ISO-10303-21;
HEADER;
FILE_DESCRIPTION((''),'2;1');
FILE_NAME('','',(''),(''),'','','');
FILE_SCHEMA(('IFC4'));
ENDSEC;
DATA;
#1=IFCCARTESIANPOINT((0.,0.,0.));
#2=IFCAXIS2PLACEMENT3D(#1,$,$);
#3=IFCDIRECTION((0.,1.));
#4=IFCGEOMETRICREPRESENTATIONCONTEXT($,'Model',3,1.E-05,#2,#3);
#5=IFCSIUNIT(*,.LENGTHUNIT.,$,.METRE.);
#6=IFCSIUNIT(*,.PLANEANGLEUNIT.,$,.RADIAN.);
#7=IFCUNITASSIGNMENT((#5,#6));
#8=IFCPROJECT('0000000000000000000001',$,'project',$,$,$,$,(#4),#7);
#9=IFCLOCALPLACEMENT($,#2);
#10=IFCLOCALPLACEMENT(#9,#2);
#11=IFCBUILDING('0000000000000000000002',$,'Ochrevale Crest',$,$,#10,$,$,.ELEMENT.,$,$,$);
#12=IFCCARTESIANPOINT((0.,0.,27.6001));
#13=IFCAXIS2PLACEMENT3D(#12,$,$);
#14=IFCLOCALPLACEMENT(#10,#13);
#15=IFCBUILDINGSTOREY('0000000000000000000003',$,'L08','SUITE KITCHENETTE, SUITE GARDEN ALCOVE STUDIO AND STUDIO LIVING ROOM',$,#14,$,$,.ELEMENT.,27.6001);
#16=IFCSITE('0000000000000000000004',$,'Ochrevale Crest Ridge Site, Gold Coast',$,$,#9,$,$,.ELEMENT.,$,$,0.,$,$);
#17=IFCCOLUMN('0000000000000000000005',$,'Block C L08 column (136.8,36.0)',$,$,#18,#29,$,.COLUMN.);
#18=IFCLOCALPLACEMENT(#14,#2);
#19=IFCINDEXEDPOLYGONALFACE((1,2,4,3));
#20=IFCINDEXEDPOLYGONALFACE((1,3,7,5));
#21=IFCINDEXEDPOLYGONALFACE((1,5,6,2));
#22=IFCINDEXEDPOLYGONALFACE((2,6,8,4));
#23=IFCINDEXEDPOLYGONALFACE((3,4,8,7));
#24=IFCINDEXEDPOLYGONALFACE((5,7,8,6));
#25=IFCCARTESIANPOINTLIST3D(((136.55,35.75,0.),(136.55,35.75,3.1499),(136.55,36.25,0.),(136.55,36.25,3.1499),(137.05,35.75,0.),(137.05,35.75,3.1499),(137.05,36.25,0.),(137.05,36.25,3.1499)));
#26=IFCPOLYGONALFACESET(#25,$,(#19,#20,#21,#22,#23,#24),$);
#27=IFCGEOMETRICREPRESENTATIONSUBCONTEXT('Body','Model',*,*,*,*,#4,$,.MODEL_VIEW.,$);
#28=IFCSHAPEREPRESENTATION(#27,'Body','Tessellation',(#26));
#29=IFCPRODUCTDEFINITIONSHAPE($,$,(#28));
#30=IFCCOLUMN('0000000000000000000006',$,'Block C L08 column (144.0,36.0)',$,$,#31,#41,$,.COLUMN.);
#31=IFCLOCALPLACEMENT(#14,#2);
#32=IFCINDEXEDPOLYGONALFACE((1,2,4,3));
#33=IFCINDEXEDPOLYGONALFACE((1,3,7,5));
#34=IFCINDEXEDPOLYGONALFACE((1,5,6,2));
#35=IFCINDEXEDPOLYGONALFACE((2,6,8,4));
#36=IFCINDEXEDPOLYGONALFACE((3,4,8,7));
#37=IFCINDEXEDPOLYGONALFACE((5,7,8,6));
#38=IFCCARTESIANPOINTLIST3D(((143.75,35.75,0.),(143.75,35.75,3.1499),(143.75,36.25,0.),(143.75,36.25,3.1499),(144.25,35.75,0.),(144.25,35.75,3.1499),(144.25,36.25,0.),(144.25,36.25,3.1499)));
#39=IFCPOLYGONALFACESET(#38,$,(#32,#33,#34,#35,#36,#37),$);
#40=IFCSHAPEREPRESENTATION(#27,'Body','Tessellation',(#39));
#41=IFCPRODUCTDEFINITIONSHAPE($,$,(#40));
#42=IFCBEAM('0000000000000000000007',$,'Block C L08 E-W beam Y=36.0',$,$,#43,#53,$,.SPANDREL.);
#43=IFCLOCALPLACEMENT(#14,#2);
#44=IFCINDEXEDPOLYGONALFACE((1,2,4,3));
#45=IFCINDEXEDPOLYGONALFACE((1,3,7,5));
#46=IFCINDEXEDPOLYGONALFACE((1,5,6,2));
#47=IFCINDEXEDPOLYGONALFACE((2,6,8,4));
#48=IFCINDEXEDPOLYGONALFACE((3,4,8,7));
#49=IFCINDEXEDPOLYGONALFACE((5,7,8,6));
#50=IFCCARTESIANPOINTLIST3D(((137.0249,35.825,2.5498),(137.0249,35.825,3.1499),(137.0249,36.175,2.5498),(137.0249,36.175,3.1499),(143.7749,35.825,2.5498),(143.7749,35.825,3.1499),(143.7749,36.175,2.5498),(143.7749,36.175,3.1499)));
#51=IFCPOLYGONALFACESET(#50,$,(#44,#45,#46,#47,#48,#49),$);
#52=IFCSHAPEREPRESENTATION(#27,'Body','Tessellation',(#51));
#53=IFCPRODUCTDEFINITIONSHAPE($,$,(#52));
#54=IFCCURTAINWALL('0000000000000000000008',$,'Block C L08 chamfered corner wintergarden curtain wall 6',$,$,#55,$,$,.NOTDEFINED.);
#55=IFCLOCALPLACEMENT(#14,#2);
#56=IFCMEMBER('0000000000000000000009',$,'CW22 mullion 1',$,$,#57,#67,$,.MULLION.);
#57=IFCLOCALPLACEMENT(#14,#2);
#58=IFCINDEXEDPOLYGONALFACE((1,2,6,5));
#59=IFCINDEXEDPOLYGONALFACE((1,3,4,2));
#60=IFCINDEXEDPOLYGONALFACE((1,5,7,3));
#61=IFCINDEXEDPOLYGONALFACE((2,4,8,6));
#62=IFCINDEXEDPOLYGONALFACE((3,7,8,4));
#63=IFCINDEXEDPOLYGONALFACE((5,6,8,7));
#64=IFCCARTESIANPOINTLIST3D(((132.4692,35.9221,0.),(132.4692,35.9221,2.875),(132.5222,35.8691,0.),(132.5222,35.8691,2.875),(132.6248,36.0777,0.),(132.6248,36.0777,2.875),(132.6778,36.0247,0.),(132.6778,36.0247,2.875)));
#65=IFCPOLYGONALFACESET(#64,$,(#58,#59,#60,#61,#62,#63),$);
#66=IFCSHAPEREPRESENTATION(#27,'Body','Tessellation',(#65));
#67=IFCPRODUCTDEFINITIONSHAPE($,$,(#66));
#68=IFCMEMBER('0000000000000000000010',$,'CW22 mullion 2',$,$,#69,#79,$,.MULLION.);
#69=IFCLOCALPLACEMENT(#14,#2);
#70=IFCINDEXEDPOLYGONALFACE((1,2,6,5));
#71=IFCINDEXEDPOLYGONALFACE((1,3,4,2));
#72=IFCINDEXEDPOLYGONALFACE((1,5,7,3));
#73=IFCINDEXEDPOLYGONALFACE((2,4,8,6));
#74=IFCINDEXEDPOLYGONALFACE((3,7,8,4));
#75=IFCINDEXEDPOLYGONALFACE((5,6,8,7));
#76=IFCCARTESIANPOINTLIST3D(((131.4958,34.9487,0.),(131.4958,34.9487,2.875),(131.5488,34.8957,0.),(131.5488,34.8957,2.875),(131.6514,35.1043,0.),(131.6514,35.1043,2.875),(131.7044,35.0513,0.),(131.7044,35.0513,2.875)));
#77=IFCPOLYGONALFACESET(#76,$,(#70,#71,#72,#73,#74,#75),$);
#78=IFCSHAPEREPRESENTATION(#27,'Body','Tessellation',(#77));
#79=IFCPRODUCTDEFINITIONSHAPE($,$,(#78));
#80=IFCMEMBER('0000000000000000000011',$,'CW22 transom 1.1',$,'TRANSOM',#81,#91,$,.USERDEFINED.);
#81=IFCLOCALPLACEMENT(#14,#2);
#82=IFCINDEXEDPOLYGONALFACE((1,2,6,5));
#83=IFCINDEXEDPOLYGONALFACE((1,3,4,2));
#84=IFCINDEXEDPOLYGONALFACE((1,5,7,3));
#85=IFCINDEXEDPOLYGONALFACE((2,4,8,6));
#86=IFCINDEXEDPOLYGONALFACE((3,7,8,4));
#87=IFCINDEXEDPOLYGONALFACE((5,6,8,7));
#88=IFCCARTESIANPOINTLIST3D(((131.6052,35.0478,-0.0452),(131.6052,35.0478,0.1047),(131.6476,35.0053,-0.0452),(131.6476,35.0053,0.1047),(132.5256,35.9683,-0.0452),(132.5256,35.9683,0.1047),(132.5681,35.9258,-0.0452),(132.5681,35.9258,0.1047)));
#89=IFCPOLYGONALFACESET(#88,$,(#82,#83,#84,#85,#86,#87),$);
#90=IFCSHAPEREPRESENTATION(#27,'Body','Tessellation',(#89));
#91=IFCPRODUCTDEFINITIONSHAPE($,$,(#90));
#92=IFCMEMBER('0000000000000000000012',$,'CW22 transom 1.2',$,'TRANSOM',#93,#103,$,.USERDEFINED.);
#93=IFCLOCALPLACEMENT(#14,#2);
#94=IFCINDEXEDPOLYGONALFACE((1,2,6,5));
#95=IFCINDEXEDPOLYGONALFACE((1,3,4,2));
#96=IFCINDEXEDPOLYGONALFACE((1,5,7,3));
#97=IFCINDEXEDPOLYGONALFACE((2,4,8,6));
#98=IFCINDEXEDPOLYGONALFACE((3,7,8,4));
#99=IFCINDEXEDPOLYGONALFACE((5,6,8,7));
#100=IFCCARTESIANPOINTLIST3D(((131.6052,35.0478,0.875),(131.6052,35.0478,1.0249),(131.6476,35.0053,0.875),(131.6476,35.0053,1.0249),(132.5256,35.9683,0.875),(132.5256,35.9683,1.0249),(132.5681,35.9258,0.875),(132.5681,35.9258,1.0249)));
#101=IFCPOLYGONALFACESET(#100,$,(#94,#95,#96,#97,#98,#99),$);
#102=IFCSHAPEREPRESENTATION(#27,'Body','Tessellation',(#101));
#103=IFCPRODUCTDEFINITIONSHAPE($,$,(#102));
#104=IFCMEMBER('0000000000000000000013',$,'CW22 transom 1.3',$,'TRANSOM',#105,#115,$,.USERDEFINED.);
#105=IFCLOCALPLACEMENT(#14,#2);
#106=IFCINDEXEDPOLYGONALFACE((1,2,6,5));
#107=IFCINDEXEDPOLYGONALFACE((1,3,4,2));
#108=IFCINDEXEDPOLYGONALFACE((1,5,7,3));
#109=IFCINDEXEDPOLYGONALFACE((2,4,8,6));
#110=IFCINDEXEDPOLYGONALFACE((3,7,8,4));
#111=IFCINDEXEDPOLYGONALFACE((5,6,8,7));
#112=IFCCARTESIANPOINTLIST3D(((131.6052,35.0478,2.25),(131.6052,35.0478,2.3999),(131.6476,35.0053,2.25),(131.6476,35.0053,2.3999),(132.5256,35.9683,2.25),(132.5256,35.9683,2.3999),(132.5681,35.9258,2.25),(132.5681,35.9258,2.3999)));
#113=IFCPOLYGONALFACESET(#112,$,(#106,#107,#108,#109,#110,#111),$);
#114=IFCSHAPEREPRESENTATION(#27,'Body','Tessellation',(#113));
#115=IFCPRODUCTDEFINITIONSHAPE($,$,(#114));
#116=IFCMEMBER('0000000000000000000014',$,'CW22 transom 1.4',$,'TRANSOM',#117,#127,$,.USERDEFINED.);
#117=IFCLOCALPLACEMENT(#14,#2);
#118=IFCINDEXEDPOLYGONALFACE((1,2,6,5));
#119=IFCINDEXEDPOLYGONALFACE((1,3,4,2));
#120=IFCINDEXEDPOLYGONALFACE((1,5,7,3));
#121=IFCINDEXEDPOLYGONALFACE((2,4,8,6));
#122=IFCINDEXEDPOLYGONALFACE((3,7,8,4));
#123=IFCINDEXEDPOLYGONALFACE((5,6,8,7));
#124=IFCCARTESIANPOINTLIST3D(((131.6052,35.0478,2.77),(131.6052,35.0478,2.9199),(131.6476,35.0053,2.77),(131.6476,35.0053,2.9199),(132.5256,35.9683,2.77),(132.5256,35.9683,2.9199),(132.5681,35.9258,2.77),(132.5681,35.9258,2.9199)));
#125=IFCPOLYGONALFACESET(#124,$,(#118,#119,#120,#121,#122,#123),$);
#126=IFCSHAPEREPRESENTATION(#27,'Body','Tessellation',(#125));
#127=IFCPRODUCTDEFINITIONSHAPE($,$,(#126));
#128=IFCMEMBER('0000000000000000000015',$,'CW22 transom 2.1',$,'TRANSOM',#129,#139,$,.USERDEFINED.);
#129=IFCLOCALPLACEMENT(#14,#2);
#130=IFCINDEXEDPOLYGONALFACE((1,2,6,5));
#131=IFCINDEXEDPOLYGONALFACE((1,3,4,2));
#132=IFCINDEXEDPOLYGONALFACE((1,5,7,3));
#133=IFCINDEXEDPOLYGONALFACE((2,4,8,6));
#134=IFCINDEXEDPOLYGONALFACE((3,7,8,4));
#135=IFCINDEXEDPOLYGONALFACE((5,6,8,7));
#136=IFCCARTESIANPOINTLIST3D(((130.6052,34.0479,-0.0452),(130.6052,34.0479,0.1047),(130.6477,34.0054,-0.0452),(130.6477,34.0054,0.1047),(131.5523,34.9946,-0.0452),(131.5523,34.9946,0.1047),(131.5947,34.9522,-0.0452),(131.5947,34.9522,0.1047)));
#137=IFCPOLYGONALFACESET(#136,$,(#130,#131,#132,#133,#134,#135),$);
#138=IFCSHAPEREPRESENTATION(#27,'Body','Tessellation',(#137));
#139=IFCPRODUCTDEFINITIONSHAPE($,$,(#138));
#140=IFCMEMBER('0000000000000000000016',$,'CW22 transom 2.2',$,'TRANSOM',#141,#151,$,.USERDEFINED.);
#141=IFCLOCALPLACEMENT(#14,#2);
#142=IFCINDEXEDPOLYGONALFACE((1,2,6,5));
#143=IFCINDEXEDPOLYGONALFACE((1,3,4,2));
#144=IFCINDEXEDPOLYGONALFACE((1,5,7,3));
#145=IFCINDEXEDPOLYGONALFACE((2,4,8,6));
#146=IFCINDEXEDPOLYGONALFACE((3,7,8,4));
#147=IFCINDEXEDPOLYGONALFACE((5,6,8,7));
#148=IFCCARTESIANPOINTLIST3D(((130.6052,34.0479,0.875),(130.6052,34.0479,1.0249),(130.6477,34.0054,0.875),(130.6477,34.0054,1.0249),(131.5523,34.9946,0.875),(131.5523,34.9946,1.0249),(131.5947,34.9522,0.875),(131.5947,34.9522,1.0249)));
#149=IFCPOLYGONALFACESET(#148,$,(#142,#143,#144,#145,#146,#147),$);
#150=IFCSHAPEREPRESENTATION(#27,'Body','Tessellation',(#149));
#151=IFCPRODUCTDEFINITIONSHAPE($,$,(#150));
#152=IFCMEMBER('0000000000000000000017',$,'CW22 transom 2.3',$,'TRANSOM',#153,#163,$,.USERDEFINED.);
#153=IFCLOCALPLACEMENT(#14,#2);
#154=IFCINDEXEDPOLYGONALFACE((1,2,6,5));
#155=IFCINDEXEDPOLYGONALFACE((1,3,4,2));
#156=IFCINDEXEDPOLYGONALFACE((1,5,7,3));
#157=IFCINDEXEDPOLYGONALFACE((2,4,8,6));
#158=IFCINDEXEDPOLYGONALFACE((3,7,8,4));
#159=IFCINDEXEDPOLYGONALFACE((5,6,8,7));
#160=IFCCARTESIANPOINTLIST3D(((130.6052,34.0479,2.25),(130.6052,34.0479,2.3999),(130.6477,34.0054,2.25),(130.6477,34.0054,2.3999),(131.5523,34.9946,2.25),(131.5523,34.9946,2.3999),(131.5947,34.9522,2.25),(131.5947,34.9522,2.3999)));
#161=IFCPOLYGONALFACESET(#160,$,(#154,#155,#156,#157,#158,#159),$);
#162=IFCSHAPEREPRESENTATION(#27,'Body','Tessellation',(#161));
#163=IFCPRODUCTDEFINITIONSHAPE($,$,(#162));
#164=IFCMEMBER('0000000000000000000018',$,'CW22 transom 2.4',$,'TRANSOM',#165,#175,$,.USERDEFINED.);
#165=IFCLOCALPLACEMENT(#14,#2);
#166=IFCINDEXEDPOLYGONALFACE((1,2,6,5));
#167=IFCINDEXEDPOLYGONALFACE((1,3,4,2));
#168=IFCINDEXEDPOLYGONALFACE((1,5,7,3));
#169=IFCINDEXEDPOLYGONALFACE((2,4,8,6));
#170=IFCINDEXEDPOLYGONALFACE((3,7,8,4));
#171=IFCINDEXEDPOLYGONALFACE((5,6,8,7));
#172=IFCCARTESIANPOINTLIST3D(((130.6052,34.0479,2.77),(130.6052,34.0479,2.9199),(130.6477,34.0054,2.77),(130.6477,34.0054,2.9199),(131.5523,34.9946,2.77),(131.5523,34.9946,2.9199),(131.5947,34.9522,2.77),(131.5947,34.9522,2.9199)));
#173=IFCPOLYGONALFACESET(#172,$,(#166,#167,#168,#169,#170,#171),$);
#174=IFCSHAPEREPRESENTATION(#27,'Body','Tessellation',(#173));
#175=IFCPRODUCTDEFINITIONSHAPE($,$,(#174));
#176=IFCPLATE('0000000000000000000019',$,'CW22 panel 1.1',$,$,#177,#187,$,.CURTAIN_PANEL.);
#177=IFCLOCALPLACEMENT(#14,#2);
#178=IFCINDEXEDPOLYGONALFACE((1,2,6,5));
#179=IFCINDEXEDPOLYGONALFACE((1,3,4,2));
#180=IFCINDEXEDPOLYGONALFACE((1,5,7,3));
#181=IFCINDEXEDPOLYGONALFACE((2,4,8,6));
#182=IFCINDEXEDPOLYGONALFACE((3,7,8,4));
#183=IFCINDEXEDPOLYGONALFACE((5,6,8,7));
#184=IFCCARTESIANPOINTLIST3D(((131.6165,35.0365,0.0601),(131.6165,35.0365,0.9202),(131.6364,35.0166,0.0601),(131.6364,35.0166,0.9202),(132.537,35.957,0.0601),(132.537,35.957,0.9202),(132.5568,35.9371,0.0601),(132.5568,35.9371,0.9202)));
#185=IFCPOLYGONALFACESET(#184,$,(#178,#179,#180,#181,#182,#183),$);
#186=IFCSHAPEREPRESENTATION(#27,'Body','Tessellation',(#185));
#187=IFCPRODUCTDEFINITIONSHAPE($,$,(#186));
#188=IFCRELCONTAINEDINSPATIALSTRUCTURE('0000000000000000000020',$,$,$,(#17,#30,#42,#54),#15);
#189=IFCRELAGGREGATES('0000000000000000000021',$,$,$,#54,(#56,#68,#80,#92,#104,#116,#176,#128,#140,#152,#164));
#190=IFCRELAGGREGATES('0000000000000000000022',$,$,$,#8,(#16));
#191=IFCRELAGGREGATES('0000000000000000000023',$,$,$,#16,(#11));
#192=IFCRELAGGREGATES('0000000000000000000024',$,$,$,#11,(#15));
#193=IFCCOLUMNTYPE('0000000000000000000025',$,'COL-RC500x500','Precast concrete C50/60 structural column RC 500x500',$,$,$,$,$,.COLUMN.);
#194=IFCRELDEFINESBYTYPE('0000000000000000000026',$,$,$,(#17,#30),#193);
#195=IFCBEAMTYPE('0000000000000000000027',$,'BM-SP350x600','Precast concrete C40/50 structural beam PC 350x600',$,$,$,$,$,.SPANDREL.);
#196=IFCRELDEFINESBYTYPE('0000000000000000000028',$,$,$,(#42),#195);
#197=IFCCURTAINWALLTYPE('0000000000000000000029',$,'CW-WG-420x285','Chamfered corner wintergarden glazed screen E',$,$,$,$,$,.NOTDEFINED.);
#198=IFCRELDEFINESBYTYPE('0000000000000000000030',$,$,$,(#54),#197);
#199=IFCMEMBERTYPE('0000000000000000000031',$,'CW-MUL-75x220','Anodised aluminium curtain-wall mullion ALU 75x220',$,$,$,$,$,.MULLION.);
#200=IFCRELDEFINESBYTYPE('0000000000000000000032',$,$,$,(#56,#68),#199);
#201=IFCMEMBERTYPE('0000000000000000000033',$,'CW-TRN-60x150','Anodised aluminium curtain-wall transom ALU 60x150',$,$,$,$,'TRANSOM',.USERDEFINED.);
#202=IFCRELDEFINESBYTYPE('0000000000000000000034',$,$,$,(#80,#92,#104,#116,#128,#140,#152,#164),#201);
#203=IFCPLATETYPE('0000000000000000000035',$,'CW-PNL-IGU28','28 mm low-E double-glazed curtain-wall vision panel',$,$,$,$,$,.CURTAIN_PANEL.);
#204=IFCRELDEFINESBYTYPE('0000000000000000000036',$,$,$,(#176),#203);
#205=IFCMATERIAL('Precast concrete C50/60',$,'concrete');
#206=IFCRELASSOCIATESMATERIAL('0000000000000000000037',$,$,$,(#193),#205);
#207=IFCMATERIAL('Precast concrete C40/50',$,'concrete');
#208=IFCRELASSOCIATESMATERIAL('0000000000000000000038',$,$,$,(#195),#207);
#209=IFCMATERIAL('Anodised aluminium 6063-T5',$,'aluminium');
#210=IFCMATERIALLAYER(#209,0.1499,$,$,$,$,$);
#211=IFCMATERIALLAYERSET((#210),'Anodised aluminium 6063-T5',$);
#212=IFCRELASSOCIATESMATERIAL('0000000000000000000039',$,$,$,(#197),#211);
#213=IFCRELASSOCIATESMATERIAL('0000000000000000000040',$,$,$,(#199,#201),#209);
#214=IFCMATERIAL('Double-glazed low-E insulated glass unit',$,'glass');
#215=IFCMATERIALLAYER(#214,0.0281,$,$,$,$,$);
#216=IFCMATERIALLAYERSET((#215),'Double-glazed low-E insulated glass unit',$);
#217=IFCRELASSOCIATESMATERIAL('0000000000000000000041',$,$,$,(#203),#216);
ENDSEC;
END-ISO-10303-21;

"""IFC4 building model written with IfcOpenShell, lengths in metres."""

from ifc_helpers import new_model, si_unit, direction, frame, origin, origin_2d, place, context, subcontext, project, spatial, rectangle, extrude, material, layer, layer_set, material_profile, profile_set, type_object, element, aggregate, save


model = new_model("IFC4")

# Units and contexts
model_context = context("Model", 3, precision=1e-05, world=origin(), true_north=direction((0.0, 1.0)))
body_context = subcontext(model_context, "Body", "Model", "MODEL_VIEW")
ifc_project = project(units=[si_unit("LENGTHUNIT", "METRE"), si_unit("PLANEANGLEUNIT", "RADIAN")], contexts=[model_context])

# Site, building, storey
site_placement = place(None, origin())
site = spatial("IfcSite", under=ifc_project, at=site_placement, Name="Ochrevale Crest Ridge Site, Gold Coast", CompositionType="ELEMENT", RefElevation=0.0)
building_placement = place(site_placement, origin())
building = spatial("IfcBuilding", under=site, at=building_placement, Name="Ochrevale Crest", CompositionType="ELEMENT")
storey_placement = place(building_placement, frame((0.0, 0.0, 27.6001)))
storey = spatial("IfcBuildingStorey", under=building, at=storey_placement, Name="L08", Description="SUITE KITCHENETTE, SUITE GARDEN ALCOVE STUDIO AND STUDIO LIVING ROOM", CompositionType="ELEMENT", Elevation=27.6001)

# Columns
ifc_material_1 = material(Name="Precast concrete C50/60", Category="concrete")
ifc_material_profile_1 = material_profile(ifc_material_1, rectangle(XDim=0.5, YDim=0.5, at=origin_2d()), Name="RC 500x500")
ifc_profile_set_1 = profile_set([ifc_material_profile_1], Name="Precast concrete C50/60")
column_type = type_object("IfcColumnType", Name="COL-RC500x500", Description="Precast concrete C50/60 structural column RC 500x500", PredefinedType="COLUMN", material=ifc_profile_set_1)
for number, where, z_axis, x_axis, name in (
    (1, (136.8, 36.0, 0.0), (0.0, 0.0, 1.0), (1.0, 0.0, 0.0), "Block C L08 column (136.8,36.0)"),
    (2, (144.0, 36.0, 0.0), (0.0, 0.0, 1.0), (1.0, 0.0, 0.0), "Block C L08 column (144.0,36.0)"),
):
    element("IfcColumn", number, at=place(storey_placement, frame(where, z_axis=z_axis, x_axis=x_axis)), inside=storey, type_object=column_type, Name=name, PredefinedType="COLUMN", context=body_context, shape_type="SweptSolid", body=[
        extrude(rectangle(XDim=0.5, YDim=0.5, at=origin_2d()), origin(), (0.0, 0.0, 1.0), 3.1499),
    ])

# Beam
ifc_material_2 = material(Name="Precast concrete C40/50", Category="concrete")
ifc_material_profile_2 = material_profile(ifc_material_2, rectangle(XDim=0.3501, YDim=0.6001, at=origin_2d()), Name="PC 350x600")
ifc_profile_set_2 = profile_set([ifc_material_profile_2], Name="Precast concrete C40/50")
beam_type = type_object("IfcBeamType", Name="BM-SP350x600", Description="Precast concrete C40/50 structural beam PC 350x600", PredefinedType="SPANDREL", material=ifc_profile_set_2)
beam_placement = place(storey_placement, frame((137.0249, 36.0, 2.8499), z_axis=(1.0, 0.0, 0.0), x_axis=(0.0, 1.0, 0.0)))
element("IfcBeam", 3, at=beam_placement, inside=storey, type_object=beam_type, Name="Block C L08 E-W beam Y=36.0", PredefinedType="SPANDREL", context=body_context, shape_type="SweptSolid", body=[
    extrude(rectangle(XDim=0.3501, YDim=0.6001, at=origin_2d()), origin(), (0.0, 0.0, 1.0), 6.75),
])

# Curtain wall, members, plate
ifc_material_3 = material(Name="Anodised aluminium 6063-T5", Category="aluminium")
ifc_layer_1 = layer(ifc_material_3, 0.1499)
ifc_layer_set_1 = layer_set([ifc_layer_1], Name="Anodised aluminium 6063-T5")
curtain_wall_type = type_object("IfcCurtainWallType", Name="CW-WG-420x285", Description="Chamfered corner wintergarden glazed screen E", PredefinedType="NOTDEFINED", material=ifc_layer_set_1)
curtain_wall_placement = place(storey_placement, origin())
curtain_wall = element("IfcCurtainWall", 4, at=curtain_wall_placement, inside=storey, type_object=curtain_wall_type, Name="Block C L08 chamfered corner wintergarden curtain wall 6", PredefinedType="NOTDEFINED")
ifc_material_profile_3 = material_profile(ifc_material_3, rectangle(XDim=0.075, YDim=0.22, at=origin_2d()), Name="ALU 75x220")
ifc_profile_set_3 = profile_set([ifc_material_profile_3], Name="Anodised aluminium 6063-T5")
member_type_1 = type_object("IfcMemberType", Name="CW-MUL-75x220", Description="Anodised aluminium curtain-wall mullion ALU 75x220", PredefinedType="MULLION", material=ifc_profile_set_3)
member_1_placement = place(storey_placement, frame((132.5735, 35.9734, 0.0), z_axis=(0.0, 0.0, 1.0), x_axis=(0.707107, -0.707107, 0.0)))
member_1 = element("IfcMember", 5, at=member_1_placement, type_object=member_type_1, Name="CW22 mullion 1", PredefinedType="MULLION", context=body_context, shape_type="SweptSolid", body=[
    extrude(rectangle(XDim=0.075, YDim=0.22, at=origin_2d()), origin(), (0.0, 0.0, 1.0), 2.875),
])
member_2_placement = place(storey_placement, frame((131.6001, 35.0, 0.0), z_axis=(0.0, 0.0, 1.0), x_axis=(0.707107, -0.707107, 0.0)))
member_2 = element("IfcMember", 6, at=member_2_placement, type_object=member_type_1, Name="CW22 mullion 2", PredefinedType="MULLION", context=body_context, shape_type="SweptSolid", body=[
    extrude(rectangle(XDim=0.075, YDim=0.22, at=origin_2d()), origin(), (0.0, 0.0, 1.0), 2.875),
])
ifc_material_profile_4 = material_profile(ifc_material_3, rectangle(XDim=0.0601, YDim=0.1499, at=origin_2d()), Name="ALU 60x150")
ifc_profile_set_4 = profile_set([ifc_material_profile_4], Name="Anodised aluminium 6063-T5")
member_type_2 = type_object("IfcMemberType", Name="CW-TRN-60x150", Description="Anodised aluminium curtain-wall transom ALU 60x150", ElementType="TRANSOM", PredefinedType="USERDEFINED", material=ifc_profile_set_4)
member_3_placement = place(storey_placement, frame((132.5469, 35.947, 0.0298), z_axis=(-0.707107, -0.707107, 0.0), x_axis=(0.707107, -0.707107, 0.0)))
member_3 = element("IfcMember", 7, at=member_3_placement, type_object=member_type_2, Name="CW22 transom 1.1", ObjectType="TRANSOM", PredefinedType="USERDEFINED", context=body_context, shape_type="SweptSolid", body=[
    extrude(rectangle(XDim=0.0601, YDim=0.1499, at=origin_2d()), origin(), (0.0, 0.0, 1.0), 1.3018),
])
member_4_placement = place(storey_placement, frame((132.5469, 35.947, 0.95), z_axis=(-0.707107, -0.707107, 0.0), x_axis=(0.707107, -0.707107, 0.0)))
member_4 = element("IfcMember", 8, at=member_4_placement, type_object=member_type_2, Name="CW22 transom 1.2", ObjectType="TRANSOM", PredefinedType="USERDEFINED", context=body_context, shape_type="SweptSolid", body=[
    extrude(rectangle(XDim=0.0601, YDim=0.1499, at=origin_2d()), origin(), (0.0, 0.0, 1.0), 1.3018),
])
member_5_placement = place(storey_placement, frame((132.5469, 35.947, 2.325), z_axis=(-0.707107, -0.707107, 0.0), x_axis=(0.707107, -0.707107, 0.0)))
member_5 = element("IfcMember", 9, at=member_5_placement, type_object=member_type_2, Name="CW22 transom 1.3", ObjectType="TRANSOM", PredefinedType="USERDEFINED", context=body_context, shape_type="SweptSolid", body=[
    extrude(rectangle(XDim=0.0601, YDim=0.1499, at=origin_2d()), origin(), (0.0, 0.0, 1.0), 1.3018),
])
member_6_placement = place(storey_placement, frame((132.5469, 35.947, 2.845), z_axis=(-0.707107, -0.707107, 0.0), x_axis=(0.707107, -0.707107, 0.0)))
member_6 = element("IfcMember", 10, at=member_6_placement, type_object=member_type_2, Name="CW22 transom 1.4", ObjectType="TRANSOM", PredefinedType="USERDEFINED", context=body_context, shape_type="SweptSolid", body=[
    extrude(rectangle(XDim=0.0601, YDim=0.1499, at=origin_2d()), origin(), (0.0, 0.0, 1.0), 1.3018),
])
member_7_placement = place(storey_placement, frame((131.5735, 34.9734, 0.0298), z_axis=(-0.707198, -0.707016, 0.0), x_axis=(0.707016, -0.707198, 0.0)))
member_7 = element("IfcMember", 11, at=member_7_placement, type_object=member_type_2, Name="CW22 transom 2.1", ObjectType="TRANSOM", PredefinedType="USERDEFINED", context=body_context, shape_type="SweptSolid", body=[
    extrude(rectangle(XDim=0.0601, YDim=0.1499, at=origin_2d()), origin(), (0.0, 0.0, 1.0), 1.3391),
])
member_8_placement = place(storey_placement, frame((131.5735, 34.9734, 0.95), z_axis=(-0.707198, -0.707016, 0.0), x_axis=(0.707016, -0.707198, 0.0)))
member_8 = element("IfcMember", 12, at=member_8_placement, type_object=member_type_2, Name="CW22 transom 2.2", ObjectType="TRANSOM", PredefinedType="USERDEFINED", context=body_context, shape_type="SweptSolid", body=[
    extrude(rectangle(XDim=0.0601, YDim=0.1499, at=origin_2d()), origin(), (0.0, 0.0, 1.0), 1.3391),
])
member_9_placement = place(storey_placement, frame((131.5735, 34.9734, 2.325), z_axis=(-0.707198, -0.707016, 0.0), x_axis=(0.707016, -0.707198, 0.0)))
member_9 = element("IfcMember", 13, at=member_9_placement, type_object=member_type_2, Name="CW22 transom 2.3", ObjectType="TRANSOM", PredefinedType="USERDEFINED", context=body_context, shape_type="SweptSolid", body=[
    extrude(rectangle(XDim=0.0601, YDim=0.1499, at=origin_2d()), origin(), (0.0, 0.0, 1.0), 1.3391),
])
member_10_placement = place(storey_placement, frame((131.5735, 34.9734, 2.845), z_axis=(-0.707198, -0.707016, 0.0), x_axis=(0.707016, -0.707198, 0.0)))
member_10 = element("IfcMember", 14, at=member_10_placement, type_object=member_type_2, Name="CW22 transom 2.4", ObjectType="TRANSOM", PredefinedType="USERDEFINED", context=body_context, shape_type="SweptSolid", body=[
    extrude(rectangle(XDim=0.0601, YDim=0.1499, at=origin_2d()), origin(), (0.0, 0.0, 1.0), 1.3391),
])
ifc_material_4 = material(Name="Double-glazed low-E insulated glass unit", Category="glass")
ifc_layer_2 = layer(ifc_material_4, 0.0281)
ifc_layer_set_2 = layer_set([ifc_layer_2], Name="Double-glazed low-E insulated glass unit")
plate_type = type_object("IfcPlateType", Name="CW-PNL-IGU28", Description="28 mm low-E double-glazed curtain-wall vision panel", PredefinedType="CURTAIN_PANEL", material=ifc_layer_set_2)
plate_1_placement = place(storey_placement, frame((132.0867, 35.4868, 0.0601), z_axis=(0.0, 0.0, 1.0), x_axis=(-0.707107, -0.707107, 0.0)))
plate_1 = element("IfcPlate", 15, at=plate_1_placement, type_object=plate_type, Name="CW22 panel 1.1", PredefinedType="CURTAIN_PANEL", context=body_context, shape_type="SweptSolid", body=[
    extrude(rectangle(XDim=1.3018, YDim=0.0281, at=origin_2d()), origin(), (0.0, 0.0, 1.0), 0.8601),
])
aggregate(curtain_wall, [member_1, member_2, member_3, member_4, member_5, member_6, plate_1, member_7, member_8, member_9, member_10])

save(model, "model.ifc")
